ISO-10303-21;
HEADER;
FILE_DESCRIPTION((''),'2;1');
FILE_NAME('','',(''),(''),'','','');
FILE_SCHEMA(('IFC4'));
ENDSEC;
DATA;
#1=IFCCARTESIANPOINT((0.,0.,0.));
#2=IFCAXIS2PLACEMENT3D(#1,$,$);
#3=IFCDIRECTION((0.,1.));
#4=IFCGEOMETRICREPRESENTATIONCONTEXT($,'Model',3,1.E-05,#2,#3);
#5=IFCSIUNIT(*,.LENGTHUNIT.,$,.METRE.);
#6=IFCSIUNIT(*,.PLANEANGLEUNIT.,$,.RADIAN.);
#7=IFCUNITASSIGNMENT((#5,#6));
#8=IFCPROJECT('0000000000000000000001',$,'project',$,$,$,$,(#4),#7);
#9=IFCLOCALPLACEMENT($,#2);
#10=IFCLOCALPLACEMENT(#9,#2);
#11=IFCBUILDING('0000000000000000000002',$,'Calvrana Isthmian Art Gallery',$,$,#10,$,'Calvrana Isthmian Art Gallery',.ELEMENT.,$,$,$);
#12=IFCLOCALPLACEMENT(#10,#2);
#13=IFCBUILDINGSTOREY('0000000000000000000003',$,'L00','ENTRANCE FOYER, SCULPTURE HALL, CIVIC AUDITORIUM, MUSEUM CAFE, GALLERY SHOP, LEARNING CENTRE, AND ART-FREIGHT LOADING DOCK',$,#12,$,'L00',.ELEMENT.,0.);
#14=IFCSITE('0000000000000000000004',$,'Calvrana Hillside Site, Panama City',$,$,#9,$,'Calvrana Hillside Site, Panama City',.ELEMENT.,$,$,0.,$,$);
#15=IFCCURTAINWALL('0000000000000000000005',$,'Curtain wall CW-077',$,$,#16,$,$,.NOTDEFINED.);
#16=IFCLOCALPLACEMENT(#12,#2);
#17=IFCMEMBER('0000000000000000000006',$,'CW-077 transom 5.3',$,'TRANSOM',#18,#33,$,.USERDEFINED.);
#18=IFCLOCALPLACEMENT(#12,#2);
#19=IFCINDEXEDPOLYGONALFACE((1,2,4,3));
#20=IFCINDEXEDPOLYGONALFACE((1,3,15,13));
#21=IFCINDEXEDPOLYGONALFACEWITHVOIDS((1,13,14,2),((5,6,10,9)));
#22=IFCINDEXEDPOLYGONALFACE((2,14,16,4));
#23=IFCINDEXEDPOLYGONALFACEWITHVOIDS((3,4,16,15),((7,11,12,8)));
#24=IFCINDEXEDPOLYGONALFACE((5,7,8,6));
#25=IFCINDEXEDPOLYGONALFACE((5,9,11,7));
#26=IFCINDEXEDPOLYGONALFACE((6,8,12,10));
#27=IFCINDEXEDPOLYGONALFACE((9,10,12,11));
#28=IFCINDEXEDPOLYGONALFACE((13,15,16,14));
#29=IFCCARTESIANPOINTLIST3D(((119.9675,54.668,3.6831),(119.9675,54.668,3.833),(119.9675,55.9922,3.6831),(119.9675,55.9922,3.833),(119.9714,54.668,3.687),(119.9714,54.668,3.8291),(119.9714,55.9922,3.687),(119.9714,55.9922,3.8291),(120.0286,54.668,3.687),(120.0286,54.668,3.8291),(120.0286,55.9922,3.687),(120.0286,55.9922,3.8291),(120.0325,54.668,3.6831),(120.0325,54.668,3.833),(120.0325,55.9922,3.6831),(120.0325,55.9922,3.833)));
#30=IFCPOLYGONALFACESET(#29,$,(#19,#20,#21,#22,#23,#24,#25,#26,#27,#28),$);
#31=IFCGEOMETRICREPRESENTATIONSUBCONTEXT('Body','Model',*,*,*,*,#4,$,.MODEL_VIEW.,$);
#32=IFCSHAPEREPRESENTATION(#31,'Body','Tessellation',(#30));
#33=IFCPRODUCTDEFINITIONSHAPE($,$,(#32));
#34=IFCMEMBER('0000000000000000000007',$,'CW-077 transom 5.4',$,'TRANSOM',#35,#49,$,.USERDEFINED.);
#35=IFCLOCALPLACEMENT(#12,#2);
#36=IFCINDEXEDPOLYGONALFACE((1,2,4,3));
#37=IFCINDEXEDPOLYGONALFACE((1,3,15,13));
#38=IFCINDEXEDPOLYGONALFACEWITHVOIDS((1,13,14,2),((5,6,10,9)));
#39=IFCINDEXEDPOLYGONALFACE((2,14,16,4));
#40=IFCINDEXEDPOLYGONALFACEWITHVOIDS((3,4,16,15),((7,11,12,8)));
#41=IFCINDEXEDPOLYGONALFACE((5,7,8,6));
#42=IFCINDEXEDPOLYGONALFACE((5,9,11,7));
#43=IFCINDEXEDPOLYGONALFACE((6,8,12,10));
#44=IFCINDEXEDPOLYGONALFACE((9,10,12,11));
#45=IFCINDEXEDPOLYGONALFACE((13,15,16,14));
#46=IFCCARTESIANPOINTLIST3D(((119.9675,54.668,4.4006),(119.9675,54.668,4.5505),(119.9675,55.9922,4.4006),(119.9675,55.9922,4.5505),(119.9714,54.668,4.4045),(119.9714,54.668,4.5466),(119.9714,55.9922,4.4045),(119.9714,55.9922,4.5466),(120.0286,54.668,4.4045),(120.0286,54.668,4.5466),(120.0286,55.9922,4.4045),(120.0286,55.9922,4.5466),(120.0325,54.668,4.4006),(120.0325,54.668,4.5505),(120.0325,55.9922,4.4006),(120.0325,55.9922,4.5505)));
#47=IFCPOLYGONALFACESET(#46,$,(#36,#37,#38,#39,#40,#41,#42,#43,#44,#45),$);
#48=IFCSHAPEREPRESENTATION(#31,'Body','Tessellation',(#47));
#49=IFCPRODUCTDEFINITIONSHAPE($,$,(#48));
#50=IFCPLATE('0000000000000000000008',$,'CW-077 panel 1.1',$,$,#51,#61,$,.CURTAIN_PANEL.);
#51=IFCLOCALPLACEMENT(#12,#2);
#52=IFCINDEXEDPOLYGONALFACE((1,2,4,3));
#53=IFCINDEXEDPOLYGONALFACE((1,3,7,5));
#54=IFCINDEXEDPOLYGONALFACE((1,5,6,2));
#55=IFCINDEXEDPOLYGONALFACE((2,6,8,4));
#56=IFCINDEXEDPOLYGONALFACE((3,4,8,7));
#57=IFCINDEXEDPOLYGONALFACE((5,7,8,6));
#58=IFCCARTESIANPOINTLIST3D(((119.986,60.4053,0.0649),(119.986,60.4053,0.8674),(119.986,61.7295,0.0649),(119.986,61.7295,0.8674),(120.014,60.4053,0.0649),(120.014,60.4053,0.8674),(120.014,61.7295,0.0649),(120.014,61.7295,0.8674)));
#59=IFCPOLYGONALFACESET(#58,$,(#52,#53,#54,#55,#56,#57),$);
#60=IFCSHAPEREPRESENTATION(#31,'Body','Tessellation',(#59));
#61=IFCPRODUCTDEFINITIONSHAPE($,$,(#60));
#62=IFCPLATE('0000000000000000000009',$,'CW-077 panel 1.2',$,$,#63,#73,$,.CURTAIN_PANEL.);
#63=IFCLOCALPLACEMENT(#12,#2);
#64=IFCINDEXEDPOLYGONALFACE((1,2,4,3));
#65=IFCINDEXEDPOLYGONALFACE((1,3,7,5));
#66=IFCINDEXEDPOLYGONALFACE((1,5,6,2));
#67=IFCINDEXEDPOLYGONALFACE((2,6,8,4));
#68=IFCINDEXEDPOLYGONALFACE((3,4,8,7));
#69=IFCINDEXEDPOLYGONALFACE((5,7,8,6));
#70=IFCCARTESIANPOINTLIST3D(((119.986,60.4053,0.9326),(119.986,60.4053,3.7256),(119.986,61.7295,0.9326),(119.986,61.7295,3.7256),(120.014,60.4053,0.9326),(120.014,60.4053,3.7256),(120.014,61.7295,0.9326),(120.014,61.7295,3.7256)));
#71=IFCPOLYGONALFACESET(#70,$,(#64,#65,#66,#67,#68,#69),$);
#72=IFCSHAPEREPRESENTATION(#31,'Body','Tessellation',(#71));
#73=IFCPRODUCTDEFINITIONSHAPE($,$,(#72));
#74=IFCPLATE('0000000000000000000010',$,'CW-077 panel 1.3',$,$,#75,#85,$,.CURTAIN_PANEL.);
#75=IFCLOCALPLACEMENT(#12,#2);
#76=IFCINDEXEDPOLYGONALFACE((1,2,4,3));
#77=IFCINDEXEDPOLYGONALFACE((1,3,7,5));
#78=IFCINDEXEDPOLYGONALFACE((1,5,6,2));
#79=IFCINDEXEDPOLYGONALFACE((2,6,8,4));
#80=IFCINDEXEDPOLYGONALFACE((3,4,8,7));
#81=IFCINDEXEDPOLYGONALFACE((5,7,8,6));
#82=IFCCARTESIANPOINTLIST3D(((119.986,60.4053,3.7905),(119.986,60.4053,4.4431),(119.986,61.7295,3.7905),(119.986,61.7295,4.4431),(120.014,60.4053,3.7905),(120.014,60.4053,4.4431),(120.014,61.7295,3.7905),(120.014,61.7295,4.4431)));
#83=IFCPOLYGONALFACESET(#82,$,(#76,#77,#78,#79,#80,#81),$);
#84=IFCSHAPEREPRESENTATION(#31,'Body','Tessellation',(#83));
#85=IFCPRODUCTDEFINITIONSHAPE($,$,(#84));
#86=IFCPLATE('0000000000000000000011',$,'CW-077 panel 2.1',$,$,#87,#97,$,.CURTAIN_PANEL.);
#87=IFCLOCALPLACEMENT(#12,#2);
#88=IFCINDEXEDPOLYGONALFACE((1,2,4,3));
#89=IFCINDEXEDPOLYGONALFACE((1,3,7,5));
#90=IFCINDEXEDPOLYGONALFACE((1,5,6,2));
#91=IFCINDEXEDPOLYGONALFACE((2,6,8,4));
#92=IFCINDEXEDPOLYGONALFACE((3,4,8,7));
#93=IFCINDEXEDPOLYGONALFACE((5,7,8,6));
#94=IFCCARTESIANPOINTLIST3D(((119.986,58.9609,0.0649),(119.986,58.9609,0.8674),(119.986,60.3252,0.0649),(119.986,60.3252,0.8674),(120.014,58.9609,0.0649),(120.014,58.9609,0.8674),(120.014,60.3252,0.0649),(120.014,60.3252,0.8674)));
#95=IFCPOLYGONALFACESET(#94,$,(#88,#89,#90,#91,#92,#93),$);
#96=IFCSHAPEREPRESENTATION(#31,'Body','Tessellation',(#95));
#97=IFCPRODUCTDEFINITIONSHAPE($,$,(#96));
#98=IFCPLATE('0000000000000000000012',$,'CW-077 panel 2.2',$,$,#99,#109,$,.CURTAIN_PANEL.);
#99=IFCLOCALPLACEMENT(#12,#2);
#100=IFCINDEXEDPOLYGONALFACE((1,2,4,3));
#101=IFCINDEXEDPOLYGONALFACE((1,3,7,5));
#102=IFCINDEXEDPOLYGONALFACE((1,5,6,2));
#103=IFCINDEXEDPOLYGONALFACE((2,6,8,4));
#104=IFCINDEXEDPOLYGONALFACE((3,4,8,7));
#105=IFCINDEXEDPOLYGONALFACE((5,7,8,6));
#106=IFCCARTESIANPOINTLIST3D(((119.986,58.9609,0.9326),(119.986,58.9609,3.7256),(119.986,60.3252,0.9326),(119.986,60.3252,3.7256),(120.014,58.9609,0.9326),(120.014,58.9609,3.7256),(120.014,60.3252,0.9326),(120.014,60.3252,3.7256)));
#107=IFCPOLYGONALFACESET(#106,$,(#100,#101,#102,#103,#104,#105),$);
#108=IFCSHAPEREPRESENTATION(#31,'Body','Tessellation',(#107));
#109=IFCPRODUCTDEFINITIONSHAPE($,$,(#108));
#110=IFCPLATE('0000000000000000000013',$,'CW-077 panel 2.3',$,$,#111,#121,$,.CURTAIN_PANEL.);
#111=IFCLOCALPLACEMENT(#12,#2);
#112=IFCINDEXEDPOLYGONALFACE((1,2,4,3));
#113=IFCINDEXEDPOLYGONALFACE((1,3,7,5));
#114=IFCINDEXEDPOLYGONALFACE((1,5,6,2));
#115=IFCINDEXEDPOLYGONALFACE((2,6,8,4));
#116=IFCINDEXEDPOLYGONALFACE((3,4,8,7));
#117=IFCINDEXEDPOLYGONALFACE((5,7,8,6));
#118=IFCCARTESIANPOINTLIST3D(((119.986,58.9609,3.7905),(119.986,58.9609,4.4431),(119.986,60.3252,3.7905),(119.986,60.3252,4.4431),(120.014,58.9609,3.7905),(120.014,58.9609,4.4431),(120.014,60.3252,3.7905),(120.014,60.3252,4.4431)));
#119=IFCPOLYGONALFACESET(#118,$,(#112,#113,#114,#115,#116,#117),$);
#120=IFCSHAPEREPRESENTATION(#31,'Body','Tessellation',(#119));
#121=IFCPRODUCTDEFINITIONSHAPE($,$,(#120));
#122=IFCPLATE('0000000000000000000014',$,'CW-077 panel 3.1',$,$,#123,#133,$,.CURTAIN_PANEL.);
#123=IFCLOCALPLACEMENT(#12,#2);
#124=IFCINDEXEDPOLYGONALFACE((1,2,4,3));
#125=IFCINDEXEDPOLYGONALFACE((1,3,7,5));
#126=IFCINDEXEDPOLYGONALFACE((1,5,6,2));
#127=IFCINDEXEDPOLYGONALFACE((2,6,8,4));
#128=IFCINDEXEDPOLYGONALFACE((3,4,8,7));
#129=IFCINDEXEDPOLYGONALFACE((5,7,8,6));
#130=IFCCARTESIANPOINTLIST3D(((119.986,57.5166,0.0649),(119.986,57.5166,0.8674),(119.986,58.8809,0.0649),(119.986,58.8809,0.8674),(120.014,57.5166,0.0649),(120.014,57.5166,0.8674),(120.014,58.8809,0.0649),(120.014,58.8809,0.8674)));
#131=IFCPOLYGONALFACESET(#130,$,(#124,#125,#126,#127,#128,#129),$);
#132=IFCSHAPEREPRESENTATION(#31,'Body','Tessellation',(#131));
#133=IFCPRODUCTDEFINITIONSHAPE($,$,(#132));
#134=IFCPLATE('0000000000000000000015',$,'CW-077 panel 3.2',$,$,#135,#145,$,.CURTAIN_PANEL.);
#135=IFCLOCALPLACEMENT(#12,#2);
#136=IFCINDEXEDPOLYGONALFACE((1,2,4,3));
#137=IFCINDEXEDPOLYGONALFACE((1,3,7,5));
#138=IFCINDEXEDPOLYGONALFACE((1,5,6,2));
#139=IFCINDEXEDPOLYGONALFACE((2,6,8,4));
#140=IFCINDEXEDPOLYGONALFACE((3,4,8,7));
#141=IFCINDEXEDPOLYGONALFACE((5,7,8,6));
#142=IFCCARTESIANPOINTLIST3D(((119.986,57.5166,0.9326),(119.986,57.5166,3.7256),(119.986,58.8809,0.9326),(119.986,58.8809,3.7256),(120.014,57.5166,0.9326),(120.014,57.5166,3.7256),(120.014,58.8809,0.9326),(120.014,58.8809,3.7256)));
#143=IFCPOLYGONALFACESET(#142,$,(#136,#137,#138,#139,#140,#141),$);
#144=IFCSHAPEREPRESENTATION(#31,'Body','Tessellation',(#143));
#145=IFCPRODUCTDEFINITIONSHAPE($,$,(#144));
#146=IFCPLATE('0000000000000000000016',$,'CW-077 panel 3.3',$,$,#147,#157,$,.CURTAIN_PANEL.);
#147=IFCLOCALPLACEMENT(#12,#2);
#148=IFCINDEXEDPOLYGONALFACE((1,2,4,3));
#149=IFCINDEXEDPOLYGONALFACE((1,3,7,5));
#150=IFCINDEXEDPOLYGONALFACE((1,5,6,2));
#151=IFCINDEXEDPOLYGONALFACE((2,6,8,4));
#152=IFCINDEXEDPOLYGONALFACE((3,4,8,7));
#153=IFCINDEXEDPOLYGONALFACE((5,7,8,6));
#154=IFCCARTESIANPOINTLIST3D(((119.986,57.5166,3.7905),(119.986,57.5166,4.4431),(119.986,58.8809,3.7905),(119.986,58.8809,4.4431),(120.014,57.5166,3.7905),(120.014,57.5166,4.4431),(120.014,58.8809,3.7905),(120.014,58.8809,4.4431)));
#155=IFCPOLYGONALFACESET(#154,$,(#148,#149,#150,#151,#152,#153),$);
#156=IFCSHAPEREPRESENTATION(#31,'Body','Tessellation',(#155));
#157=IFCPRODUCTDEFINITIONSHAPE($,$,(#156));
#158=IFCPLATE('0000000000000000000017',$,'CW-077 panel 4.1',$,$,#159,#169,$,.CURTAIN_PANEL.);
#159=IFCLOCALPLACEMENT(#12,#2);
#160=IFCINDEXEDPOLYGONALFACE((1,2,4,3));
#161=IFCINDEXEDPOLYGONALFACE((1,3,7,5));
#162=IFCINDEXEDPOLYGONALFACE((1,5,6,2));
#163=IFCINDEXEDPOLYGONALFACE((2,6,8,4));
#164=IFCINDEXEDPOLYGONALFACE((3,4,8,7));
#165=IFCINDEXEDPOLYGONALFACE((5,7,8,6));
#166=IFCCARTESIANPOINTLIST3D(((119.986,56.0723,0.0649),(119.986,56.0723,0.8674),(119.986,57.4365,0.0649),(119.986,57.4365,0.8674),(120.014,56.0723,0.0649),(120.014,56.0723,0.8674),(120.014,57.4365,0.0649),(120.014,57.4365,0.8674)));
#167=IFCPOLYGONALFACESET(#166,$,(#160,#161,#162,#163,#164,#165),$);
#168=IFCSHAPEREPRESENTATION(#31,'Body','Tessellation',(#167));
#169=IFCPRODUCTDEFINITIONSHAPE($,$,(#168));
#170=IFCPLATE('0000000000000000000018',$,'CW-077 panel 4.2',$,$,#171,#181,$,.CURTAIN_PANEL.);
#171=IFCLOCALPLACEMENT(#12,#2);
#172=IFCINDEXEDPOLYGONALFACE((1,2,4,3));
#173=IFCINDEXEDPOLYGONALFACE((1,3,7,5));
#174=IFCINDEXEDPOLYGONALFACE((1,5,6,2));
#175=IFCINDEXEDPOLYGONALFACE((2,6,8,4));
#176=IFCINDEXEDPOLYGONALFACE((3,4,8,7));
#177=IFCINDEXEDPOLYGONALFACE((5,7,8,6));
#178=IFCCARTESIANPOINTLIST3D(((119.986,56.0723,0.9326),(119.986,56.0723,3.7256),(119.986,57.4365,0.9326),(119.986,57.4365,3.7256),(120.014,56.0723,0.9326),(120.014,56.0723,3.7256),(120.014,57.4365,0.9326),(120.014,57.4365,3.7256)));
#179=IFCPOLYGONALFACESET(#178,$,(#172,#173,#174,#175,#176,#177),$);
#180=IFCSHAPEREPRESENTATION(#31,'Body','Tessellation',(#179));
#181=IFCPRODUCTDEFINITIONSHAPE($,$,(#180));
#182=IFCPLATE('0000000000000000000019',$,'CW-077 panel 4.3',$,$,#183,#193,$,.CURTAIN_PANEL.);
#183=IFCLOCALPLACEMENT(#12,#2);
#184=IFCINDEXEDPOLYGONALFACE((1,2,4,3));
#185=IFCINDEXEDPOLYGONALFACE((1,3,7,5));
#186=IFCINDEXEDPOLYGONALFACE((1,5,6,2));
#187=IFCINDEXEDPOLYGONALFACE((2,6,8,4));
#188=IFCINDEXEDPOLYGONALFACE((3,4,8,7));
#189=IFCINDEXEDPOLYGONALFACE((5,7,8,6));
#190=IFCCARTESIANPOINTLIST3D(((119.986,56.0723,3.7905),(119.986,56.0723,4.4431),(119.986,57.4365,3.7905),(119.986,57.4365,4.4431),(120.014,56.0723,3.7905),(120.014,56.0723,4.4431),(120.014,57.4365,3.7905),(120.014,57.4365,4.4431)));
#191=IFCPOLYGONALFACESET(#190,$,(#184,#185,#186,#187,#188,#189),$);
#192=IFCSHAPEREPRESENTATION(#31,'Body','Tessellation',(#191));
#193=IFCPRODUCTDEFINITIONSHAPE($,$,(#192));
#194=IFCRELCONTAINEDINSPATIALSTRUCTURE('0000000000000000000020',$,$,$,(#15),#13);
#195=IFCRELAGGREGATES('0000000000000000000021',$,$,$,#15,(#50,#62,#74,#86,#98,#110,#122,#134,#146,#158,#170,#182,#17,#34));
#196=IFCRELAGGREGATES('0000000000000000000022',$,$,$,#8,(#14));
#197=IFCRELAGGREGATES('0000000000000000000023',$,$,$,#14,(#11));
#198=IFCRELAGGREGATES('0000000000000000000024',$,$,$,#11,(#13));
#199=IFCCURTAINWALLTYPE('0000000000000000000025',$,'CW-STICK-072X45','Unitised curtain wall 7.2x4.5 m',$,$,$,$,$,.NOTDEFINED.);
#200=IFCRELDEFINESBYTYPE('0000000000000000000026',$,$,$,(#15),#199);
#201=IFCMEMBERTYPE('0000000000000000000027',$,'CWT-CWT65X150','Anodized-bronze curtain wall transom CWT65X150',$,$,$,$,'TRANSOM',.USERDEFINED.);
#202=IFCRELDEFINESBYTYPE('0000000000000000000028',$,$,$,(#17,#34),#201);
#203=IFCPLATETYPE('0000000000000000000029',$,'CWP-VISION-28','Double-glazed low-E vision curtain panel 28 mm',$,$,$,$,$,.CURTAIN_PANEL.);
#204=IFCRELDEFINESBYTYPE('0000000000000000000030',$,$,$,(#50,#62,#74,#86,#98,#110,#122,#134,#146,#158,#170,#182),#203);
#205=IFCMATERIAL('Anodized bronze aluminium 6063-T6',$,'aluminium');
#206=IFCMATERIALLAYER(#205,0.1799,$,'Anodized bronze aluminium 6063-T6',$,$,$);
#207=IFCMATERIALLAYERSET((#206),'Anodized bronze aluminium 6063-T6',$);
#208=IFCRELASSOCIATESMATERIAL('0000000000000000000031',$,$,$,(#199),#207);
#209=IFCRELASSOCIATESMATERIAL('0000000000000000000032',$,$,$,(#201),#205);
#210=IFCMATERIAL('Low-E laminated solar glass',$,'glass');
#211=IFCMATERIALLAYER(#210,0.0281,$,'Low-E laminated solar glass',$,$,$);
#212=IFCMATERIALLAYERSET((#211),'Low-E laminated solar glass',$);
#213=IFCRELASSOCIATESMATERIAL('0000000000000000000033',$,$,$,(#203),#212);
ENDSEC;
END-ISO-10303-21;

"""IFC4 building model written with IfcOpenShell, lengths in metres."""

from ifc_helpers import new_model, si_unit, direction, frame, origin, origin_2d, place, context, subcontext, project, spatial, rectangle, hollow_rectangle, extrude, material, layer, layer_set, material_profile, profile_set, type_object, element, aggregate, save


model = new_model("IFC4")

# Units and contexts
model_context = context("Model", 3, precision=1e-05, world=origin(), true_north=direction((0.0, 1.0)))
body_context = subcontext(model_context, "Body", "Model", "MODEL_VIEW")
ifc_project = project(units=[si_unit("LENGTHUNIT", "METRE"), si_unit("PLANEANGLEUNIT", "RADIAN")], contexts=[model_context])

# Site, building, storey
site_placement = place(None, origin())
site = spatial("IfcSite", under=ifc_project, at=site_placement, Name="Calvrana Hillside Site, Panama City", LongName="Calvrana Hillside Site, Panama City", CompositionType="ELEMENT", RefElevation=0.0)
building_placement = place(site_placement, origin())
building = spatial("IfcBuilding", under=site, at=building_placement, Name="Calvrana Isthmian Art Gallery", LongName="Calvrana Isthmian Art Gallery", CompositionType="ELEMENT")
storey_placement = place(building_placement, origin())
storey = spatial("IfcBuildingStorey", under=building, at=storey_placement, Name="L00", Description="ENTRANCE FOYER, SCULPTURE HALL, CIVIC AUDITORIUM, MUSEUM CAFE, GALLERY SHOP, LEARNING CENTRE, AND ART-FREIGHT LOADING DOCK", LongName="L00", CompositionType="ELEMENT", Elevation=0.0)

# Curtain wall, members, plates
ifc_material_1 = material(Name="Anodized bronze aluminium 6063-T6", Category="aluminium")
ifc_layer_1 = layer(ifc_material_1, 0.1799, Name="Anodized bronze aluminium 6063-T6")
ifc_layer_set_1 = layer_set([ifc_layer_1], Name="Anodized bronze aluminium 6063-T6")
curtain_wall_type = type_object("IfcCurtainWallType", Name="CW-STICK-072X45", Description="Unitised curtain wall 7.2x4.5 m", PredefinedType="NOTDEFINED", material=ifc_layer_set_1)
curtain_wall_placement = place(storey_placement, origin())
curtain_wall = element("IfcCurtainWall", 1, at=curtain_wall_placement, inside=storey, type_object=curtain_wall_type, Name="Curtain wall CW-077", PredefinedType="NOTDEFINED")
ifc_material_profile_1 = material_profile(ifc_material_1, hollow_rectangle(XDim=0.0649, YDim=0.1499, WallThickness=0.0039, at=origin_2d()), Name="CWT65X150")
ifc_profile_set_1 = profile_set([ifc_material_profile_1], Name="Anodized bronze aluminium 6063-T6")
member_type_1 = type_object("IfcMemberType", Name="CWT-CWT65X150", Description="Anodized-bronze curtain wall transom CWT65X150", ElementType="TRANSOM", PredefinedType="USERDEFINED", material=ifc_profile_set_1)
member_1_placement = place(storey_placement, frame((120.0, 55.9922, 3.7581), z_axis=(0.0, -1.0, 0.0), x_axis=(1.0, 0.0, 0.0)))
member_1 = element("IfcMember", 2, at=member_1_placement, type_object=member_type_1, Name="CW-077 transom 5.3", ObjectType="TRANSOM", PredefinedType="USERDEFINED", context=body_context, shape_type="SweptSolid", body=[
    extrude(hollow_rectangle(XDim=0.0649, YDim=0.1499, WallThickness=0.0039, at=origin_2d()), origin(), (0.0, 0.0, 1.0), 1.3242),
])
member_2_placement = place(storey_placement, frame((120.0, 55.9922, 4.4756), z_axis=(0.0, -1.0, 0.0), x_axis=(1.0, 0.0, 0.0)))
member_2 = element("IfcMember", 3, at=member_2_placement, type_object=member_type_1, Name="CW-077 transom 5.4", ObjectType="TRANSOM", PredefinedType="USERDEFINED", context=body_context, shape_type="SweptSolid", body=[
    extrude(hollow_rectangle(XDim=0.0649, YDim=0.1499, WallThickness=0.0039, at=origin_2d()), origin(), (0.0, 0.0, 1.0), 1.3242),
])
ifc_material_2 = material(Name="Low-E laminated solar glass", Category="glass")
ifc_layer_2 = layer(ifc_material_2, 0.0281, Name="Low-E laminated solar glass")
ifc_layer_set_2 = layer_set([ifc_layer_2], Name="Low-E laminated solar glass")
plate_type = type_object("IfcPlateType", Name="CWP-VISION-28", Description="Double-glazed low-E vision curtain panel 28 mm", PredefinedType="CURTAIN_PANEL", material=ifc_layer_set_2)
plate_1_placement = place(storey_placement, frame((120.0, 61.0674, 0.0649), z_axis=(0.0, 0.0, 1.0), x_axis=(0.0, -1.0, 0.0)))
plate_1 = element("IfcPlate", 4, at=plate_1_placement, type_object=plate_type, Name="CW-077 panel 1.1", PredefinedType="CURTAIN_PANEL", context=body_context, shape_type="SweptSolid", body=[
    extrude(rectangle(XDim=1.3242, YDim=0.0281, at=origin_2d()), origin(), (0.0, 0.0, 1.0), 0.8025),
])
plate_2_placement = place(storey_placement, frame((120.0, 61.0674, 0.9326), z_axis=(0.0, 0.0, 1.0), x_axis=(0.0, -1.0, 0.0)))
plate_2 = element("IfcPlate", 5, at=plate_2_placement, type_object=plate_type, Name="CW-077 panel 1.2", PredefinedType="CURTAIN_PANEL", context=body_context, shape_type="SweptSolid", body=[
    extrude(rectangle(XDim=1.3242, YDim=0.0281, at=origin_2d()), origin(), (0.0, 0.0, 1.0), 2.793),
])
plate_3_placement = place(storey_placement, frame((120.0, 61.0674, 3.7905), z_axis=(0.0, 0.0, 1.0), x_axis=(0.0, -1.0, 0.0)))
plate_3 = element("IfcPlate", 6, at=plate_3_placement, type_object=plate_type, Name="CW-077 panel 1.3", PredefinedType="CURTAIN_PANEL", context=body_context, shape_type="SweptSolid", body=[
    extrude(rectangle(XDim=1.3242, YDim=0.0281, at=origin_2d()), origin(), (0.0, 0.0, 1.0), 0.6526),
])
plate_4_placement = place(storey_placement, frame((120.0, 59.6431, 0.0649), z_axis=(0.0, 0.0, 1.0), x_axis=(0.0, -1.0, 0.0)))
plate_4 = element("IfcPlate", 7, at=plate_4_placement, type_object=plate_type, Name="CW-077 panel 2.1", PredefinedType="CURTAIN_PANEL", context=body_context, shape_type="SweptSolid", body=[
    extrude(rectangle(XDim=1.3643, YDim=0.0281, at=origin_2d()), origin(), (0.0, 0.0, 1.0), 0.8025),
])
plate_5_placement = place(storey_placement, frame((120.0, 59.6431, 0.9326), z_axis=(0.0, 0.0, 1.0), x_axis=(0.0, -1.0, 0.0)))
plate_5 = element("IfcPlate", 8, at=plate_5_placement, type_object=plate_type, Name="CW-077 panel 2.2", PredefinedType="CURTAIN_PANEL", context=body_context, shape_type="SweptSolid", body=[
    extrude(rectangle(XDim=1.3643, YDim=0.0281, at=origin_2d()), origin(), (0.0, 0.0, 1.0), 2.793),
])
plate_6_placement = place(storey_placement, frame((120.0, 59.6431, 3.7905), z_axis=(0.0, 0.0, 1.0), x_axis=(0.0, -1.0, 0.0)))
plate_6 = element("IfcPlate", 9, at=plate_6_placement, type_object=plate_type, Name="CW-077 panel 2.3", PredefinedType="CURTAIN_PANEL", context=body_context, shape_type="SweptSolid", body=[
    extrude(rectangle(XDim=1.3643, YDim=0.0281, at=origin_2d()), origin(), (0.0, 0.0, 1.0), 0.6526),
])
plate_7_placement = place(storey_placement, frame((120.0, 58.1987, 0.0649), z_axis=(0.0, 0.0, 1.0), x_axis=(0.0, -1.0, 0.0)))
plate_7 = element("IfcPlate", 10, at=plate_7_placement, type_object=plate_type, Name="CW-077 panel 3.1", PredefinedType="CURTAIN_PANEL", context=body_context, shape_type="SweptSolid", body=[
    extrude(rectangle(XDim=1.3643, YDim=0.0281, at=origin_2d()), origin(), (0.0, 0.0, 1.0), 0.8025),
])
plate_8_placement = place(storey_placement, frame((120.0, 58.1987, 0.9326), z_axis=(0.0, 0.0, 1.0), x_axis=(0.0, -1.0, 0.0)))
plate_8 = element("IfcPlate", 11, at=plate_8_placement, type_object=plate_type, Name="CW-077 panel 3.2", PredefinedType="CURTAIN_PANEL", context=body_context, shape_type="SweptSolid", body=[
    extrude(rectangle(XDim=1.3643, YDim=0.0281, at=origin_2d()), origin(), (0.0, 0.0, 1.0), 2.793),
])
plate_9_placement = place(storey_placement, frame((120.0, 58.1987, 3.7905), z_axis=(0.0, 0.0, 1.0), x_axis=(0.0, -1.0, 0.0)))
plate_9 = element("IfcPlate", 12, at=plate_9_placement, type_object=plate_type, Name="CW-077 panel 3.3", PredefinedType="CURTAIN_PANEL", context=body_context, shape_type="SweptSolid", body=[
    extrude(rectangle(XDim=1.3643, YDim=0.0281, at=origin_2d()), origin(), (0.0, 0.0, 1.0), 0.6526),
])
plate_10_placement = place(storey_placement, frame((120.0, 56.7544, 0.0649), z_axis=(0.0, 0.0, 1.0), x_axis=(0.0, -1.0, 0.0)))
plate_10 = element("IfcPlate", 13, at=plate_10_placement, type_object=plate_type, Name="CW-077 panel 4.1", PredefinedType="CURTAIN_PANEL", context=body_context, shape_type="SweptSolid", body=[
    extrude(rectangle(XDim=1.3643, YDim=0.0281, at=origin_2d()), origin(), (0.0, 0.0, 1.0), 0.8025),
])
plate_11_placement = place(storey_placement, frame((120.0, 56.7544, 0.9326), z_axis=(0.0, 0.0, 1.0), x_axis=(0.0, -1.0, 0.0)))
plate_11 = element("IfcPlate", 14, at=plate_11_placement, type_object=plate_type, Name="CW-077 panel 4.2", PredefinedType="CURTAIN_PANEL", context=body_context, shape_type="SweptSolid", body=[
    extrude(rectangle(XDim=1.3643, YDim=0.0281, at=origin_2d()), origin(), (0.0, 0.0, 1.0), 2.793),
])
plate_12_placement = place(storey_placement, frame((120.0, 56.7544, 3.7905), z_axis=(0.0, 0.0, 1.0), x_axis=(0.0, -1.0, 0.0)))
plate_12 = element("IfcPlate", 15, at=plate_12_placement, type_object=plate_type, Name="CW-077 panel 4.3", PredefinedType="CURTAIN_PANEL", context=body_context, shape_type="SweptSolid", body=[
    extrude(rectangle(XDim=1.3643, YDim=0.0281, at=origin_2d()), origin(), (0.0, 0.0, 1.0), 0.6526),
])
aggregate(curtain_wall, [plate_1, plate_2, plate_3, plate_4, plate_5, plate_6, plate_7, plate_8, plate_9, plate_10, plate_11, plate_12, member_1, member_2])

save(model, "model.ifc")
